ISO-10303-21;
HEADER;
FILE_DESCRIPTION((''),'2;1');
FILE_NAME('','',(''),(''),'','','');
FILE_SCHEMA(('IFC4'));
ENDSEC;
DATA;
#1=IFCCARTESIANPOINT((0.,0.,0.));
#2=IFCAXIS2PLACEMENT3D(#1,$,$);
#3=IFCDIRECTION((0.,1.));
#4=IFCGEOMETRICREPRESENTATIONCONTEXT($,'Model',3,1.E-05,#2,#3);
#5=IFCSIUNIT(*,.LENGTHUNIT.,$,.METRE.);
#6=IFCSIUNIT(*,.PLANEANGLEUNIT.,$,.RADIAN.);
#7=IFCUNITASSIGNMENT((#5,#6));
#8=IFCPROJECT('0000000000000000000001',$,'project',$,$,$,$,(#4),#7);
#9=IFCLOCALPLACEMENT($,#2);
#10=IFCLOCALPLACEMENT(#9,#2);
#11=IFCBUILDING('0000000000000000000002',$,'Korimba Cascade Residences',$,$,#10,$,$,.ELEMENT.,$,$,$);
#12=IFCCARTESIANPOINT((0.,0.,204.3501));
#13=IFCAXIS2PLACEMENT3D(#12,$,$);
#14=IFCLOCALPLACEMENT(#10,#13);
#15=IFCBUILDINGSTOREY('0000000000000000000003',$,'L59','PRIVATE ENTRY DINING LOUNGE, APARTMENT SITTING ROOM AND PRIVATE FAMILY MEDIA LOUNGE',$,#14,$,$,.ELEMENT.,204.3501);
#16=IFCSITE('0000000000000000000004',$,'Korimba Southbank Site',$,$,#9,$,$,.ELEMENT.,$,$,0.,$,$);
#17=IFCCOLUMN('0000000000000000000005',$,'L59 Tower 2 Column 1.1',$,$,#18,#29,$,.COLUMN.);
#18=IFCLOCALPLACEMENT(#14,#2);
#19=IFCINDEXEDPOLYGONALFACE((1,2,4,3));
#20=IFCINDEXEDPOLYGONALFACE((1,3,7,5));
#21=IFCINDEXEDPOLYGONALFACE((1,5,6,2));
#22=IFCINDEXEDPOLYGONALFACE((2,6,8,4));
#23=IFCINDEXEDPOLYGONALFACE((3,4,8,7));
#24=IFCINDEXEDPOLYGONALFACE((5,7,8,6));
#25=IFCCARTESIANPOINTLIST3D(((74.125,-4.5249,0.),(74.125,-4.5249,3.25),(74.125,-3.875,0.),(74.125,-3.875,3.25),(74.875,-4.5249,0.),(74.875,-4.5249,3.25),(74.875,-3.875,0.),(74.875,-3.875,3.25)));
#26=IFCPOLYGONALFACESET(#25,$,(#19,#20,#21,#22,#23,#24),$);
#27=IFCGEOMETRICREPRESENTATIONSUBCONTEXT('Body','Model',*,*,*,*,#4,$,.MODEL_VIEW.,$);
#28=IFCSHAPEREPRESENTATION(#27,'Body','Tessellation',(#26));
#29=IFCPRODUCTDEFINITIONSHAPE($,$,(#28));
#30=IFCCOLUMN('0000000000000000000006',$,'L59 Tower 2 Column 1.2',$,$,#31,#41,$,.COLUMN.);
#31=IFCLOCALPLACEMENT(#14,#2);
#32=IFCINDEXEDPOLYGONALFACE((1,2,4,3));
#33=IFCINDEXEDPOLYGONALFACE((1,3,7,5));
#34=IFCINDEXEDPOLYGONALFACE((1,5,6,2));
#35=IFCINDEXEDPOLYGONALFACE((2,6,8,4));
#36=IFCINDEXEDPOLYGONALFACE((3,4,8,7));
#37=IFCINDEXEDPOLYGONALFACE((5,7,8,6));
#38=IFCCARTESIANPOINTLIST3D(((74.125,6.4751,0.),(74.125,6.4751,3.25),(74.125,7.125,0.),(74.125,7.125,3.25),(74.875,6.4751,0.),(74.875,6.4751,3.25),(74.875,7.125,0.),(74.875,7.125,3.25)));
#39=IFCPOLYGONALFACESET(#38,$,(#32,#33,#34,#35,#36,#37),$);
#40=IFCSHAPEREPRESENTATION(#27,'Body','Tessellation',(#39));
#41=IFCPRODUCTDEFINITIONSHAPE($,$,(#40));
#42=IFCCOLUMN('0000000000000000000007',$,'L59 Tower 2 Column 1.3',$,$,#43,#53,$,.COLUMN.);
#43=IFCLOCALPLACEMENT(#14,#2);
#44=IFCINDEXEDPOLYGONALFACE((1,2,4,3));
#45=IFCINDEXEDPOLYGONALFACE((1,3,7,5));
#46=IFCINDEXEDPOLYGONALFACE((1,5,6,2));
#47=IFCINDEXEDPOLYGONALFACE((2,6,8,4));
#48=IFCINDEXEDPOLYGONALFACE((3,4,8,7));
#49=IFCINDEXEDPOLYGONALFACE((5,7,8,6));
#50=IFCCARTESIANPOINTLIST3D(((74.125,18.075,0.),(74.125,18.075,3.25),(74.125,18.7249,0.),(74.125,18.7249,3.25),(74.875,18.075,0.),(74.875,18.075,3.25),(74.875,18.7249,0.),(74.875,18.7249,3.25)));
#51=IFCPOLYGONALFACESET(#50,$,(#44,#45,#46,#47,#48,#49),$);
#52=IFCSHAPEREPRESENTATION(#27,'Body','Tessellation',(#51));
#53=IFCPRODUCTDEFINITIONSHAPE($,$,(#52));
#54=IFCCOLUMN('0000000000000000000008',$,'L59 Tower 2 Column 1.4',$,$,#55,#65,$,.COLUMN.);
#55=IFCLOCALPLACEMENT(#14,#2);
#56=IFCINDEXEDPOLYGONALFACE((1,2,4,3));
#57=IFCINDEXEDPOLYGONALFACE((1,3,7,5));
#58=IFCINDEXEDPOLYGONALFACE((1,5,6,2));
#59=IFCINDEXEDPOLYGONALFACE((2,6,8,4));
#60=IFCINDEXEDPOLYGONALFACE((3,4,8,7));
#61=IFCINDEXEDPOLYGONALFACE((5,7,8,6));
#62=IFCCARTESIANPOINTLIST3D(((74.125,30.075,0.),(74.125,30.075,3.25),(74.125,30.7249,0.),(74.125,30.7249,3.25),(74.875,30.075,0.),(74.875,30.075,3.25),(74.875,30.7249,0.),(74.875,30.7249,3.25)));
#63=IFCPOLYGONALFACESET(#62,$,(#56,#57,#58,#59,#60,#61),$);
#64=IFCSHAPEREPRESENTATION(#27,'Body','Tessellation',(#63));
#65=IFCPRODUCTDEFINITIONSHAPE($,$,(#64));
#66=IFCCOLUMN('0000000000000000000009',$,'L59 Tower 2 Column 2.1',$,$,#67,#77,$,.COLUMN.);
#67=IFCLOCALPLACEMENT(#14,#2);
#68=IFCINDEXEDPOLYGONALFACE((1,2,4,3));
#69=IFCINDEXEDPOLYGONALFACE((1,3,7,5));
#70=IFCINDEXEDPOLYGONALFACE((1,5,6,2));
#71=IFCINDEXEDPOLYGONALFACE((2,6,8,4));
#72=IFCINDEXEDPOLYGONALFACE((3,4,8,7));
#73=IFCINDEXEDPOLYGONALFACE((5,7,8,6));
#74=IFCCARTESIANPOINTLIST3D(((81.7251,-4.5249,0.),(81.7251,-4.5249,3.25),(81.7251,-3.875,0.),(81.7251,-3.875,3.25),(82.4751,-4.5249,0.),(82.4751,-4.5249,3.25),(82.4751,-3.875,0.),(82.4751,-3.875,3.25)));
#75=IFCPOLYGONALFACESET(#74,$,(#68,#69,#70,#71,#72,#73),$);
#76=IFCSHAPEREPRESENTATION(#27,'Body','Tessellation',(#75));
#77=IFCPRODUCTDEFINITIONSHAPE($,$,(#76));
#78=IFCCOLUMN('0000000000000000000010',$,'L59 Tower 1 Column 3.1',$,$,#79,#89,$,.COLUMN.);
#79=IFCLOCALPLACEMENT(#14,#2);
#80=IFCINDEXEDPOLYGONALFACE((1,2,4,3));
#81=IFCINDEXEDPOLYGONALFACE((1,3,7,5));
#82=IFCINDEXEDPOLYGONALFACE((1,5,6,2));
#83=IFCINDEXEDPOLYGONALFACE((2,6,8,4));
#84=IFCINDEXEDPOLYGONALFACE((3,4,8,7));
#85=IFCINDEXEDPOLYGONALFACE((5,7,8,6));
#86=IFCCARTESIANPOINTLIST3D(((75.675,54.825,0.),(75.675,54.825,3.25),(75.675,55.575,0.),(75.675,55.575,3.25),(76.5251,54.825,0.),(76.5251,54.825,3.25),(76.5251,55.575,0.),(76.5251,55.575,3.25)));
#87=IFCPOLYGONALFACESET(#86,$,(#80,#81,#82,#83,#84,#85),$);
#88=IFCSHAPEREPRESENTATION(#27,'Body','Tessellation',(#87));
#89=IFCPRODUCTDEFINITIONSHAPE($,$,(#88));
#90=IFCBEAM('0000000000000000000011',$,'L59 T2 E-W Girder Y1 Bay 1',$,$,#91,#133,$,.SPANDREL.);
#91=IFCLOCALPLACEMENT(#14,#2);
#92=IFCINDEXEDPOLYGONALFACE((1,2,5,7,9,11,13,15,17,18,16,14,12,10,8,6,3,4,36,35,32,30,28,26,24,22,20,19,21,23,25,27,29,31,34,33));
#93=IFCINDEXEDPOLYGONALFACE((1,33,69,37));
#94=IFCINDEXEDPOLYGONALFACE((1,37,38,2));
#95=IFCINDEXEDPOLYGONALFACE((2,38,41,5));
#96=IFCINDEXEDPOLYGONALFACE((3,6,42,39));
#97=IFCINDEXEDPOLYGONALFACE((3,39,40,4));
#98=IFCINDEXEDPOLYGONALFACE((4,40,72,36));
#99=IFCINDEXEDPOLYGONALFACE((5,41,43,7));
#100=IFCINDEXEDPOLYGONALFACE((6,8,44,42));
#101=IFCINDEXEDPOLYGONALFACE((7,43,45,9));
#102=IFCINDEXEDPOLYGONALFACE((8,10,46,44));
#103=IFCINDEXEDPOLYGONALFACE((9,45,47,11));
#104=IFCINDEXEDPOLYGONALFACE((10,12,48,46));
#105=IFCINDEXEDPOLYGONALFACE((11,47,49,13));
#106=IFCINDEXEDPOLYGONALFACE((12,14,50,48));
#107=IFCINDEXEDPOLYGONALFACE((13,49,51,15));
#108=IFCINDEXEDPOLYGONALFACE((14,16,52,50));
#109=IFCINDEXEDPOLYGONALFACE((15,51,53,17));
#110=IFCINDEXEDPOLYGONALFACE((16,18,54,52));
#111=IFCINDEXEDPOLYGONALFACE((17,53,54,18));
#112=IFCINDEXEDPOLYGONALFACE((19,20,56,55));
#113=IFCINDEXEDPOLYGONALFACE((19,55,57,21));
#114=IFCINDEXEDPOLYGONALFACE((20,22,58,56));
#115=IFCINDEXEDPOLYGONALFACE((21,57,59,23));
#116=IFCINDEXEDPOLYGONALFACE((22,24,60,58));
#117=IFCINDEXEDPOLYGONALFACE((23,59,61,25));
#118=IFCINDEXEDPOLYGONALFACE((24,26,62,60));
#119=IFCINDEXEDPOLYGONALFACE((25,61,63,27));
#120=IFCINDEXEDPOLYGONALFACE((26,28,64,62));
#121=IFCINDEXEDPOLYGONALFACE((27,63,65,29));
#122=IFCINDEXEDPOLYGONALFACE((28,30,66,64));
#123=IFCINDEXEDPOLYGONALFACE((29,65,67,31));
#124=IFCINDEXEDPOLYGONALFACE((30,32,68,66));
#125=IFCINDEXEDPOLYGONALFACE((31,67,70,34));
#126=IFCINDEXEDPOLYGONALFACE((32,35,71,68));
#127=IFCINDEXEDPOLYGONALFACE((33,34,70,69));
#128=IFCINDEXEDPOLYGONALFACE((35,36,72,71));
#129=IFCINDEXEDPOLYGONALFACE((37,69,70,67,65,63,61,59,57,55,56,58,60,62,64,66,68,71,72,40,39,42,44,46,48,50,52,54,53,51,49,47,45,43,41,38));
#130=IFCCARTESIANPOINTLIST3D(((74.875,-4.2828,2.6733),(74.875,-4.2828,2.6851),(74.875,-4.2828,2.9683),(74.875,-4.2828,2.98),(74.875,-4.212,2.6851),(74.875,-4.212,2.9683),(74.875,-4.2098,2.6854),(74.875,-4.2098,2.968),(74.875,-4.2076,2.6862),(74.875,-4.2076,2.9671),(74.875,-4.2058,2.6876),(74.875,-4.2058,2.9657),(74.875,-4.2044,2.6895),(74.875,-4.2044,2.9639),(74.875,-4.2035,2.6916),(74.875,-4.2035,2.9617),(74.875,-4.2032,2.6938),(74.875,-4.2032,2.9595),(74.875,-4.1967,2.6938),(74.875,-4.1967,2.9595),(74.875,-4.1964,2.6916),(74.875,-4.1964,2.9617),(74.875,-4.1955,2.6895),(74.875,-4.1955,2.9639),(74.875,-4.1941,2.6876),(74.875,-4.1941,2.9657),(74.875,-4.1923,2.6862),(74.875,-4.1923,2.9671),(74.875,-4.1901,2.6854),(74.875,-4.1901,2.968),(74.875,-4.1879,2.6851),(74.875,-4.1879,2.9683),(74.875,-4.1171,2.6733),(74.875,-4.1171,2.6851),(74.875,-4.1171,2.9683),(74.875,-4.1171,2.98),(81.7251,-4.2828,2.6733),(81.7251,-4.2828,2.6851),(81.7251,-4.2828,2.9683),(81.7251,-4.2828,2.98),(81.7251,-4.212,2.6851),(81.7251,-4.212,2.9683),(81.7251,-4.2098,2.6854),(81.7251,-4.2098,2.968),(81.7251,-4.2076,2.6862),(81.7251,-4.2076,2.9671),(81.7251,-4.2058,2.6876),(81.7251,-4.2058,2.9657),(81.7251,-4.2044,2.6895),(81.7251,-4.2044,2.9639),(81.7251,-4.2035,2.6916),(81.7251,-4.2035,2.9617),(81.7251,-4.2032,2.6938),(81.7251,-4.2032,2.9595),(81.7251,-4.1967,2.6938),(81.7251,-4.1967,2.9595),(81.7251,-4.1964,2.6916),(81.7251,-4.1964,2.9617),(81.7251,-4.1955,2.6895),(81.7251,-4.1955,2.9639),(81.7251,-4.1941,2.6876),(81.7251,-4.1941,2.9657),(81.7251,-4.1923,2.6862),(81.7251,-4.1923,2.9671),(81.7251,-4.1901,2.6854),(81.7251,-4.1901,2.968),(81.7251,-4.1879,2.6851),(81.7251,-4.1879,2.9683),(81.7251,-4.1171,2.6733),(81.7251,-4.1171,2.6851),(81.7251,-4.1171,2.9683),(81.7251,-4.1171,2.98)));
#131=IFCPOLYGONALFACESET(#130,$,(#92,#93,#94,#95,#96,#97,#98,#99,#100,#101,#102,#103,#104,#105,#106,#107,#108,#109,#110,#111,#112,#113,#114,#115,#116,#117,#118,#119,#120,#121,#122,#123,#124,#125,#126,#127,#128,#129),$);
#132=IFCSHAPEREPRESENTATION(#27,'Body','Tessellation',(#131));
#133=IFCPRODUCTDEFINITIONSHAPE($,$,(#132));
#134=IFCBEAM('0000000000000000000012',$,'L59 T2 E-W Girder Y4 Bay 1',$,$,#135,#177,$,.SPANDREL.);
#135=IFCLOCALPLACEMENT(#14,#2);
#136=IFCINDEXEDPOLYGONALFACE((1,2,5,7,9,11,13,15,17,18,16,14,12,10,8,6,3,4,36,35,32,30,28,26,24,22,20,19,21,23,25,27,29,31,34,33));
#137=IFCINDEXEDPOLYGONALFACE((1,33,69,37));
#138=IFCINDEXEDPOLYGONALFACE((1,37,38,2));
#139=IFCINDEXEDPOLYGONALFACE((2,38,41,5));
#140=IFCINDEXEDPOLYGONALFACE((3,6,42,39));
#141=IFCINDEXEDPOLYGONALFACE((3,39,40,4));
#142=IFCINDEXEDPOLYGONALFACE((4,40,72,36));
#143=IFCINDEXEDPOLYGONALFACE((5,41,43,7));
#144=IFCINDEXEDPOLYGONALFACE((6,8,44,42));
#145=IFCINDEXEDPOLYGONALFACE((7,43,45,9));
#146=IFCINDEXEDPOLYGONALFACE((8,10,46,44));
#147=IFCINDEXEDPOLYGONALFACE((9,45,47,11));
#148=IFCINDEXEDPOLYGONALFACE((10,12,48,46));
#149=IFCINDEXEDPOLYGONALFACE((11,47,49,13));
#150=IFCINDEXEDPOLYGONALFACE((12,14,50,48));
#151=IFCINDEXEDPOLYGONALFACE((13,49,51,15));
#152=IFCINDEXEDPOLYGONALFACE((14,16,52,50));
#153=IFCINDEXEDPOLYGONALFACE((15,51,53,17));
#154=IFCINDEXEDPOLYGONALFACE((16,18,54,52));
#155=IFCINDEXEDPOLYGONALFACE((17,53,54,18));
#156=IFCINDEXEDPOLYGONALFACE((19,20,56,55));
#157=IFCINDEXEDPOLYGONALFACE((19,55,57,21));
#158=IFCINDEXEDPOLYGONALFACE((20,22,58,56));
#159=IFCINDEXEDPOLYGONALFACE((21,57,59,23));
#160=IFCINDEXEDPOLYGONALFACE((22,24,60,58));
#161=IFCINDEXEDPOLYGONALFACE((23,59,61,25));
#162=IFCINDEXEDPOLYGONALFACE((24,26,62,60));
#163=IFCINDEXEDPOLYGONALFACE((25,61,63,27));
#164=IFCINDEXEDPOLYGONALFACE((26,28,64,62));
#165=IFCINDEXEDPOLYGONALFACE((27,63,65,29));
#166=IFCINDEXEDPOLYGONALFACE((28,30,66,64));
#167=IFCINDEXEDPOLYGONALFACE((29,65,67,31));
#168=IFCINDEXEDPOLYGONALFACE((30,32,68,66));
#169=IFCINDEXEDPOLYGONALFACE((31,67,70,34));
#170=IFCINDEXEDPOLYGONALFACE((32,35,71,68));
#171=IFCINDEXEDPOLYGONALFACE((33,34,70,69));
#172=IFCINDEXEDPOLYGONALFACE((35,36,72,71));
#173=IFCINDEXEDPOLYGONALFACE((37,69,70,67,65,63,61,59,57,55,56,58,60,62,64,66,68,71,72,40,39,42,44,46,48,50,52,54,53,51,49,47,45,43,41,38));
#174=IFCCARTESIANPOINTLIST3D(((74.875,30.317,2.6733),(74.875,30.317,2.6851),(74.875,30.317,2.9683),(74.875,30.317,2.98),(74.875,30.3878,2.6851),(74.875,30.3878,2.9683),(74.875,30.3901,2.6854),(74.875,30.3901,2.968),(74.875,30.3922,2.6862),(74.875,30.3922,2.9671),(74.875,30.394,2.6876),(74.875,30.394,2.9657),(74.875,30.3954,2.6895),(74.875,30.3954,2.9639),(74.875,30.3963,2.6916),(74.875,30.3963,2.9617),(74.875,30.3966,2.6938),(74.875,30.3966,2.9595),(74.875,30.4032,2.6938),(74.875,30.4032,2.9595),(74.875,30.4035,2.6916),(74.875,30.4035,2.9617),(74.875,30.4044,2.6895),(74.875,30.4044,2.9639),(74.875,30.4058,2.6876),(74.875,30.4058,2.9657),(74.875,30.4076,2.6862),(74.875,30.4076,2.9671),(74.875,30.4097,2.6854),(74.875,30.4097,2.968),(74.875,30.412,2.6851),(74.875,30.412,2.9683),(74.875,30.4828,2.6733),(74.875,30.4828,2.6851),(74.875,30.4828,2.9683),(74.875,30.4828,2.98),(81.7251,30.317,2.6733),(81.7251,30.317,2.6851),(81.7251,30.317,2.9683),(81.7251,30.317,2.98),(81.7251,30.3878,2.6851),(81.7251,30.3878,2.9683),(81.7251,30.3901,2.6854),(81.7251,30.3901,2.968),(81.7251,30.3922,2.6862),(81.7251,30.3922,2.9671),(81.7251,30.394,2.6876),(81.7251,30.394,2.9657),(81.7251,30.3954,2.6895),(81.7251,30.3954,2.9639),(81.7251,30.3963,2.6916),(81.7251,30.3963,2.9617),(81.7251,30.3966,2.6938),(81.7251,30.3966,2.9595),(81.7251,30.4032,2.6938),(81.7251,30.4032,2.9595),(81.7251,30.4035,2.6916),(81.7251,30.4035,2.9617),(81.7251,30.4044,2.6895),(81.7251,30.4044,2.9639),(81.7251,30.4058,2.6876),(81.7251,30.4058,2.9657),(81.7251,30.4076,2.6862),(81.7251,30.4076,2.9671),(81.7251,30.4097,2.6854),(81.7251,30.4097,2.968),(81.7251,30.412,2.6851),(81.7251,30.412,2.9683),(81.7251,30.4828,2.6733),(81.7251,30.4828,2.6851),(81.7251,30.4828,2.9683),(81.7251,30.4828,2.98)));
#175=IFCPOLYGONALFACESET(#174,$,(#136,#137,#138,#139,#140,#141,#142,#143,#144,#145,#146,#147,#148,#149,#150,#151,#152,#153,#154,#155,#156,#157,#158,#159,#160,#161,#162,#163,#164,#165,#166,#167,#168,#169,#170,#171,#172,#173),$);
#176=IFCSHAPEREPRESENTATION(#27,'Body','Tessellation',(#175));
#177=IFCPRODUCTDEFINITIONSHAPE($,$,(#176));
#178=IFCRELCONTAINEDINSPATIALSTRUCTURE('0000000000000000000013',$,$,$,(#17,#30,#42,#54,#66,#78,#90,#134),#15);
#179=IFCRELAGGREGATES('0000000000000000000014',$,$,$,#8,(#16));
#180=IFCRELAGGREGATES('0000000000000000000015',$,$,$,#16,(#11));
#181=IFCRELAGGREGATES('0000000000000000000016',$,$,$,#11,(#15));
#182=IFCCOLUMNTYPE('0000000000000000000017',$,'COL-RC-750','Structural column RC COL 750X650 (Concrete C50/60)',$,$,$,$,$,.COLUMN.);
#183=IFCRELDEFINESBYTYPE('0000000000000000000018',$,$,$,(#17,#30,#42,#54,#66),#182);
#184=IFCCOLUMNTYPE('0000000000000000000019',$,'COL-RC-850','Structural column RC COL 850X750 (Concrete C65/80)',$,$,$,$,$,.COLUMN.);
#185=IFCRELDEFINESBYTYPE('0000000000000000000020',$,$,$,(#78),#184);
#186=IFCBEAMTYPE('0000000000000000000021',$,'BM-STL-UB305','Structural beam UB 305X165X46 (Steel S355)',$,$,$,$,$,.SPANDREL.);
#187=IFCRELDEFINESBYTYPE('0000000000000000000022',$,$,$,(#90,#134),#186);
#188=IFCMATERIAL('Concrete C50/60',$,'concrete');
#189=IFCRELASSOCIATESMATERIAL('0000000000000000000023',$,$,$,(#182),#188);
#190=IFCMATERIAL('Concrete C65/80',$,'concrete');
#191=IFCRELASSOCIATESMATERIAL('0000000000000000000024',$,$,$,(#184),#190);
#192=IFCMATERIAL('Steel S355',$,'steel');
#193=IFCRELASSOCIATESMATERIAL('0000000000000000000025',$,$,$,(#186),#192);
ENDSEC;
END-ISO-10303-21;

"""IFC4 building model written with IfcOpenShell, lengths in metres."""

from ifc_helpers import new_model, si_unit, direction, frame, origin, origin_2d, place, context, subcontext, project, spatial, rectangle, i_section, extrude, material, material_profile, profile_set, type_object, element, save


model = new_model("IFC4")

# Units and contexts
model_context = context("Model", 3, precision=1e-05, world=origin(), true_north=direction((0.0, 1.0)))
body_context = subcontext(model_context, "Body", "Model", "MODEL_VIEW")
ifc_project = project(units=[si_unit("LENGTHUNIT", "METRE"), si_unit("PLANEANGLEUNIT", "RADIAN")], contexts=[model_context])

# Site, building, storey
site_placement = place(None, origin())
site = spatial("IfcSite", under=ifc_project, at=site_placement, Name="Korimba Southbank Site", CompositionType="ELEMENT", RefElevation=0.0)
building_placement = place(site_placement, origin())
building = spatial("IfcBuilding", under=site, at=building_placement, Name="Korimba Cascade Residences", CompositionType="ELEMENT")
storey_placement = place(building_placement, frame((0.0, 0.0, 204.3501)))
storey = spatial("IfcBuildingStorey", under=building, at=storey_placement, Name="L59", Description="PRIVATE ENTRY DINING LOUNGE, APARTMENT SITTING ROOM AND PRIVATE FAMILY MEDIA LOUNGE", CompositionType="ELEMENT", Elevation=204.3501)

# Columns
ifc_material_1 = material(Name="Concrete C50/60", Category="concrete")
ifc_material_profile_1 = material_profile(ifc_material_1, rectangle(XDim=0.75, YDim=0.6499, at=origin_2d()), Name="Concrete C50/60")
ifc_profile_set_1 = profile_set([ifc_material_profile_1], Name="Concrete C50/60")
column_type_1 = type_object("IfcColumnType", Name="COL-RC-750", Description="Structural column RC COL 750X650 (Concrete C50/60)", PredefinedType="COLUMN", material=ifc_profile_set_1)
for number, where, z_axis, x_axis, name in (
    (1, (74.5, -4.2, 0.0), (0.0, 0.0, 1.0), (1.0, 0.0, 0.0), "L59 Tower 2 Column 1.1"),
    (2, (74.5, 6.8, 0.0), (0.0, 0.0, 1.0), (1.0, 0.0, 0.0), "L59 Tower 2 Column 1.2"),
    (3, (74.5, 18.3999, 0.0), (0.0, 0.0, 1.0), (1.0, 0.0, 0.0), "L59 Tower 2 Column 1.3"),
    (4, (74.5, 30.3999, 0.0), (0.0, 0.0, 1.0), (1.0, 0.0, 0.0), "L59 Tower 2 Column 1.4"),
    (5, (82.1001, -4.2, 0.0), (0.0, 0.0, 1.0), (1.0, 0.0, 0.0), "L59 Tower 2 Column 2.1"),
):
    element("IfcColumn", number, at=place(storey_placement, frame(where, z_axis=z_axis, x_axis=x_axis)), inside=storey, type_object=column_type_1, Name=name, PredefinedType="COLUMN", context=body_context, shape_type="SweptSolid", body=[
        extrude(rectangle(XDim=0.75, YDim=0.6499, at=origin_2d()), origin(), (0.0, 0.0, 1.0), 3.25),
    ])
ifc_material_2 = material(Name="Concrete C65/80", Category="concrete")
ifc_material_profile_2 = material_profile(ifc_material_2, rectangle(XDim=0.8501, YDim=0.75, at=origin_2d()), Name="Concrete C65/80")
ifc_profile_set_2 = profile_set([ifc_material_profile_2], Name="Concrete C65/80")
column_type_2 = type_object("IfcColumnType", Name="COL-RC-850", Description="Structural column RC COL 850X750 (Concrete C65/80)", PredefinedType="COLUMN", material=ifc_profile_set_2)
column_placement = place(storey_placement, frame((76.1001, 55.2, 0.0), z_axis=(0.0, 0.0, 1.0), x_axis=(1.0, 0.0, 0.0)))
element("IfcColumn", 6, at=column_placement, inside=storey, type_object=column_type_2, Name="L59 Tower 1 Column 3.1", PredefinedType="COLUMN", context=body_context, shape_type="SweptSolid", body=[
    extrude(rectangle(XDim=0.8501, YDim=0.75, at=origin_2d()), origin(), (0.0, 0.0, 1.0), 3.25),
])

# Beams
ifc_material_3 = material(Name="Steel S355", Category="steel")
ifc_material_profile_3 = material_profile(ifc_material_3, i_section(OverallWidth=0.1658, OverallDepth=0.3066, WebThickness=0.0066, FlangeThickness=0.0117, FilletRadius=0.0088, at=origin_2d()), Name="Steel S355")
ifc_profile_set_3 = profile_set([ifc_material_profile_3], Name="Steel S355")
beam_type_1 = type_object("IfcBeamType", Name="BM-STL-UB305", Description="Structural beam UB 305X165X46 (Steel S355)", PredefinedType="SPANDREL", material=ifc_profile_set_3)
for number, where, z_axis, x_axis, name in (
    (7, (74.875, -4.2, 2.8267), (1.0, 0.0, 0.0), (0.0, 1.0, 0.0), "L59 T2 E-W Girder Y1 Bay 1"),
    (8, (74.875, 30.3999, 2.8267), (1.0, 0.0, 0.0), (0.0, 1.0, 0.0), "L59 T2 E-W Girder Y4 Bay 1"),
):
    element("IfcBeam", number, at=place(storey_placement, frame(where, z_axis=z_axis, x_axis=x_axis)), inside=storey, type_object=beam_type_1, Name=name, PredefinedType="SPANDREL", context=body_context, shape_type="SweptSolid", body=[
        extrude(i_section(OverallWidth=0.1658, OverallDepth=0.3066, WebThickness=0.0066, FlangeThickness=0.0117, FilletRadius=0.0088, at=origin_2d()), origin(), (0.0, 0.0, 1.0), 6.8501),
    ])

save(model, "model.ifc")
